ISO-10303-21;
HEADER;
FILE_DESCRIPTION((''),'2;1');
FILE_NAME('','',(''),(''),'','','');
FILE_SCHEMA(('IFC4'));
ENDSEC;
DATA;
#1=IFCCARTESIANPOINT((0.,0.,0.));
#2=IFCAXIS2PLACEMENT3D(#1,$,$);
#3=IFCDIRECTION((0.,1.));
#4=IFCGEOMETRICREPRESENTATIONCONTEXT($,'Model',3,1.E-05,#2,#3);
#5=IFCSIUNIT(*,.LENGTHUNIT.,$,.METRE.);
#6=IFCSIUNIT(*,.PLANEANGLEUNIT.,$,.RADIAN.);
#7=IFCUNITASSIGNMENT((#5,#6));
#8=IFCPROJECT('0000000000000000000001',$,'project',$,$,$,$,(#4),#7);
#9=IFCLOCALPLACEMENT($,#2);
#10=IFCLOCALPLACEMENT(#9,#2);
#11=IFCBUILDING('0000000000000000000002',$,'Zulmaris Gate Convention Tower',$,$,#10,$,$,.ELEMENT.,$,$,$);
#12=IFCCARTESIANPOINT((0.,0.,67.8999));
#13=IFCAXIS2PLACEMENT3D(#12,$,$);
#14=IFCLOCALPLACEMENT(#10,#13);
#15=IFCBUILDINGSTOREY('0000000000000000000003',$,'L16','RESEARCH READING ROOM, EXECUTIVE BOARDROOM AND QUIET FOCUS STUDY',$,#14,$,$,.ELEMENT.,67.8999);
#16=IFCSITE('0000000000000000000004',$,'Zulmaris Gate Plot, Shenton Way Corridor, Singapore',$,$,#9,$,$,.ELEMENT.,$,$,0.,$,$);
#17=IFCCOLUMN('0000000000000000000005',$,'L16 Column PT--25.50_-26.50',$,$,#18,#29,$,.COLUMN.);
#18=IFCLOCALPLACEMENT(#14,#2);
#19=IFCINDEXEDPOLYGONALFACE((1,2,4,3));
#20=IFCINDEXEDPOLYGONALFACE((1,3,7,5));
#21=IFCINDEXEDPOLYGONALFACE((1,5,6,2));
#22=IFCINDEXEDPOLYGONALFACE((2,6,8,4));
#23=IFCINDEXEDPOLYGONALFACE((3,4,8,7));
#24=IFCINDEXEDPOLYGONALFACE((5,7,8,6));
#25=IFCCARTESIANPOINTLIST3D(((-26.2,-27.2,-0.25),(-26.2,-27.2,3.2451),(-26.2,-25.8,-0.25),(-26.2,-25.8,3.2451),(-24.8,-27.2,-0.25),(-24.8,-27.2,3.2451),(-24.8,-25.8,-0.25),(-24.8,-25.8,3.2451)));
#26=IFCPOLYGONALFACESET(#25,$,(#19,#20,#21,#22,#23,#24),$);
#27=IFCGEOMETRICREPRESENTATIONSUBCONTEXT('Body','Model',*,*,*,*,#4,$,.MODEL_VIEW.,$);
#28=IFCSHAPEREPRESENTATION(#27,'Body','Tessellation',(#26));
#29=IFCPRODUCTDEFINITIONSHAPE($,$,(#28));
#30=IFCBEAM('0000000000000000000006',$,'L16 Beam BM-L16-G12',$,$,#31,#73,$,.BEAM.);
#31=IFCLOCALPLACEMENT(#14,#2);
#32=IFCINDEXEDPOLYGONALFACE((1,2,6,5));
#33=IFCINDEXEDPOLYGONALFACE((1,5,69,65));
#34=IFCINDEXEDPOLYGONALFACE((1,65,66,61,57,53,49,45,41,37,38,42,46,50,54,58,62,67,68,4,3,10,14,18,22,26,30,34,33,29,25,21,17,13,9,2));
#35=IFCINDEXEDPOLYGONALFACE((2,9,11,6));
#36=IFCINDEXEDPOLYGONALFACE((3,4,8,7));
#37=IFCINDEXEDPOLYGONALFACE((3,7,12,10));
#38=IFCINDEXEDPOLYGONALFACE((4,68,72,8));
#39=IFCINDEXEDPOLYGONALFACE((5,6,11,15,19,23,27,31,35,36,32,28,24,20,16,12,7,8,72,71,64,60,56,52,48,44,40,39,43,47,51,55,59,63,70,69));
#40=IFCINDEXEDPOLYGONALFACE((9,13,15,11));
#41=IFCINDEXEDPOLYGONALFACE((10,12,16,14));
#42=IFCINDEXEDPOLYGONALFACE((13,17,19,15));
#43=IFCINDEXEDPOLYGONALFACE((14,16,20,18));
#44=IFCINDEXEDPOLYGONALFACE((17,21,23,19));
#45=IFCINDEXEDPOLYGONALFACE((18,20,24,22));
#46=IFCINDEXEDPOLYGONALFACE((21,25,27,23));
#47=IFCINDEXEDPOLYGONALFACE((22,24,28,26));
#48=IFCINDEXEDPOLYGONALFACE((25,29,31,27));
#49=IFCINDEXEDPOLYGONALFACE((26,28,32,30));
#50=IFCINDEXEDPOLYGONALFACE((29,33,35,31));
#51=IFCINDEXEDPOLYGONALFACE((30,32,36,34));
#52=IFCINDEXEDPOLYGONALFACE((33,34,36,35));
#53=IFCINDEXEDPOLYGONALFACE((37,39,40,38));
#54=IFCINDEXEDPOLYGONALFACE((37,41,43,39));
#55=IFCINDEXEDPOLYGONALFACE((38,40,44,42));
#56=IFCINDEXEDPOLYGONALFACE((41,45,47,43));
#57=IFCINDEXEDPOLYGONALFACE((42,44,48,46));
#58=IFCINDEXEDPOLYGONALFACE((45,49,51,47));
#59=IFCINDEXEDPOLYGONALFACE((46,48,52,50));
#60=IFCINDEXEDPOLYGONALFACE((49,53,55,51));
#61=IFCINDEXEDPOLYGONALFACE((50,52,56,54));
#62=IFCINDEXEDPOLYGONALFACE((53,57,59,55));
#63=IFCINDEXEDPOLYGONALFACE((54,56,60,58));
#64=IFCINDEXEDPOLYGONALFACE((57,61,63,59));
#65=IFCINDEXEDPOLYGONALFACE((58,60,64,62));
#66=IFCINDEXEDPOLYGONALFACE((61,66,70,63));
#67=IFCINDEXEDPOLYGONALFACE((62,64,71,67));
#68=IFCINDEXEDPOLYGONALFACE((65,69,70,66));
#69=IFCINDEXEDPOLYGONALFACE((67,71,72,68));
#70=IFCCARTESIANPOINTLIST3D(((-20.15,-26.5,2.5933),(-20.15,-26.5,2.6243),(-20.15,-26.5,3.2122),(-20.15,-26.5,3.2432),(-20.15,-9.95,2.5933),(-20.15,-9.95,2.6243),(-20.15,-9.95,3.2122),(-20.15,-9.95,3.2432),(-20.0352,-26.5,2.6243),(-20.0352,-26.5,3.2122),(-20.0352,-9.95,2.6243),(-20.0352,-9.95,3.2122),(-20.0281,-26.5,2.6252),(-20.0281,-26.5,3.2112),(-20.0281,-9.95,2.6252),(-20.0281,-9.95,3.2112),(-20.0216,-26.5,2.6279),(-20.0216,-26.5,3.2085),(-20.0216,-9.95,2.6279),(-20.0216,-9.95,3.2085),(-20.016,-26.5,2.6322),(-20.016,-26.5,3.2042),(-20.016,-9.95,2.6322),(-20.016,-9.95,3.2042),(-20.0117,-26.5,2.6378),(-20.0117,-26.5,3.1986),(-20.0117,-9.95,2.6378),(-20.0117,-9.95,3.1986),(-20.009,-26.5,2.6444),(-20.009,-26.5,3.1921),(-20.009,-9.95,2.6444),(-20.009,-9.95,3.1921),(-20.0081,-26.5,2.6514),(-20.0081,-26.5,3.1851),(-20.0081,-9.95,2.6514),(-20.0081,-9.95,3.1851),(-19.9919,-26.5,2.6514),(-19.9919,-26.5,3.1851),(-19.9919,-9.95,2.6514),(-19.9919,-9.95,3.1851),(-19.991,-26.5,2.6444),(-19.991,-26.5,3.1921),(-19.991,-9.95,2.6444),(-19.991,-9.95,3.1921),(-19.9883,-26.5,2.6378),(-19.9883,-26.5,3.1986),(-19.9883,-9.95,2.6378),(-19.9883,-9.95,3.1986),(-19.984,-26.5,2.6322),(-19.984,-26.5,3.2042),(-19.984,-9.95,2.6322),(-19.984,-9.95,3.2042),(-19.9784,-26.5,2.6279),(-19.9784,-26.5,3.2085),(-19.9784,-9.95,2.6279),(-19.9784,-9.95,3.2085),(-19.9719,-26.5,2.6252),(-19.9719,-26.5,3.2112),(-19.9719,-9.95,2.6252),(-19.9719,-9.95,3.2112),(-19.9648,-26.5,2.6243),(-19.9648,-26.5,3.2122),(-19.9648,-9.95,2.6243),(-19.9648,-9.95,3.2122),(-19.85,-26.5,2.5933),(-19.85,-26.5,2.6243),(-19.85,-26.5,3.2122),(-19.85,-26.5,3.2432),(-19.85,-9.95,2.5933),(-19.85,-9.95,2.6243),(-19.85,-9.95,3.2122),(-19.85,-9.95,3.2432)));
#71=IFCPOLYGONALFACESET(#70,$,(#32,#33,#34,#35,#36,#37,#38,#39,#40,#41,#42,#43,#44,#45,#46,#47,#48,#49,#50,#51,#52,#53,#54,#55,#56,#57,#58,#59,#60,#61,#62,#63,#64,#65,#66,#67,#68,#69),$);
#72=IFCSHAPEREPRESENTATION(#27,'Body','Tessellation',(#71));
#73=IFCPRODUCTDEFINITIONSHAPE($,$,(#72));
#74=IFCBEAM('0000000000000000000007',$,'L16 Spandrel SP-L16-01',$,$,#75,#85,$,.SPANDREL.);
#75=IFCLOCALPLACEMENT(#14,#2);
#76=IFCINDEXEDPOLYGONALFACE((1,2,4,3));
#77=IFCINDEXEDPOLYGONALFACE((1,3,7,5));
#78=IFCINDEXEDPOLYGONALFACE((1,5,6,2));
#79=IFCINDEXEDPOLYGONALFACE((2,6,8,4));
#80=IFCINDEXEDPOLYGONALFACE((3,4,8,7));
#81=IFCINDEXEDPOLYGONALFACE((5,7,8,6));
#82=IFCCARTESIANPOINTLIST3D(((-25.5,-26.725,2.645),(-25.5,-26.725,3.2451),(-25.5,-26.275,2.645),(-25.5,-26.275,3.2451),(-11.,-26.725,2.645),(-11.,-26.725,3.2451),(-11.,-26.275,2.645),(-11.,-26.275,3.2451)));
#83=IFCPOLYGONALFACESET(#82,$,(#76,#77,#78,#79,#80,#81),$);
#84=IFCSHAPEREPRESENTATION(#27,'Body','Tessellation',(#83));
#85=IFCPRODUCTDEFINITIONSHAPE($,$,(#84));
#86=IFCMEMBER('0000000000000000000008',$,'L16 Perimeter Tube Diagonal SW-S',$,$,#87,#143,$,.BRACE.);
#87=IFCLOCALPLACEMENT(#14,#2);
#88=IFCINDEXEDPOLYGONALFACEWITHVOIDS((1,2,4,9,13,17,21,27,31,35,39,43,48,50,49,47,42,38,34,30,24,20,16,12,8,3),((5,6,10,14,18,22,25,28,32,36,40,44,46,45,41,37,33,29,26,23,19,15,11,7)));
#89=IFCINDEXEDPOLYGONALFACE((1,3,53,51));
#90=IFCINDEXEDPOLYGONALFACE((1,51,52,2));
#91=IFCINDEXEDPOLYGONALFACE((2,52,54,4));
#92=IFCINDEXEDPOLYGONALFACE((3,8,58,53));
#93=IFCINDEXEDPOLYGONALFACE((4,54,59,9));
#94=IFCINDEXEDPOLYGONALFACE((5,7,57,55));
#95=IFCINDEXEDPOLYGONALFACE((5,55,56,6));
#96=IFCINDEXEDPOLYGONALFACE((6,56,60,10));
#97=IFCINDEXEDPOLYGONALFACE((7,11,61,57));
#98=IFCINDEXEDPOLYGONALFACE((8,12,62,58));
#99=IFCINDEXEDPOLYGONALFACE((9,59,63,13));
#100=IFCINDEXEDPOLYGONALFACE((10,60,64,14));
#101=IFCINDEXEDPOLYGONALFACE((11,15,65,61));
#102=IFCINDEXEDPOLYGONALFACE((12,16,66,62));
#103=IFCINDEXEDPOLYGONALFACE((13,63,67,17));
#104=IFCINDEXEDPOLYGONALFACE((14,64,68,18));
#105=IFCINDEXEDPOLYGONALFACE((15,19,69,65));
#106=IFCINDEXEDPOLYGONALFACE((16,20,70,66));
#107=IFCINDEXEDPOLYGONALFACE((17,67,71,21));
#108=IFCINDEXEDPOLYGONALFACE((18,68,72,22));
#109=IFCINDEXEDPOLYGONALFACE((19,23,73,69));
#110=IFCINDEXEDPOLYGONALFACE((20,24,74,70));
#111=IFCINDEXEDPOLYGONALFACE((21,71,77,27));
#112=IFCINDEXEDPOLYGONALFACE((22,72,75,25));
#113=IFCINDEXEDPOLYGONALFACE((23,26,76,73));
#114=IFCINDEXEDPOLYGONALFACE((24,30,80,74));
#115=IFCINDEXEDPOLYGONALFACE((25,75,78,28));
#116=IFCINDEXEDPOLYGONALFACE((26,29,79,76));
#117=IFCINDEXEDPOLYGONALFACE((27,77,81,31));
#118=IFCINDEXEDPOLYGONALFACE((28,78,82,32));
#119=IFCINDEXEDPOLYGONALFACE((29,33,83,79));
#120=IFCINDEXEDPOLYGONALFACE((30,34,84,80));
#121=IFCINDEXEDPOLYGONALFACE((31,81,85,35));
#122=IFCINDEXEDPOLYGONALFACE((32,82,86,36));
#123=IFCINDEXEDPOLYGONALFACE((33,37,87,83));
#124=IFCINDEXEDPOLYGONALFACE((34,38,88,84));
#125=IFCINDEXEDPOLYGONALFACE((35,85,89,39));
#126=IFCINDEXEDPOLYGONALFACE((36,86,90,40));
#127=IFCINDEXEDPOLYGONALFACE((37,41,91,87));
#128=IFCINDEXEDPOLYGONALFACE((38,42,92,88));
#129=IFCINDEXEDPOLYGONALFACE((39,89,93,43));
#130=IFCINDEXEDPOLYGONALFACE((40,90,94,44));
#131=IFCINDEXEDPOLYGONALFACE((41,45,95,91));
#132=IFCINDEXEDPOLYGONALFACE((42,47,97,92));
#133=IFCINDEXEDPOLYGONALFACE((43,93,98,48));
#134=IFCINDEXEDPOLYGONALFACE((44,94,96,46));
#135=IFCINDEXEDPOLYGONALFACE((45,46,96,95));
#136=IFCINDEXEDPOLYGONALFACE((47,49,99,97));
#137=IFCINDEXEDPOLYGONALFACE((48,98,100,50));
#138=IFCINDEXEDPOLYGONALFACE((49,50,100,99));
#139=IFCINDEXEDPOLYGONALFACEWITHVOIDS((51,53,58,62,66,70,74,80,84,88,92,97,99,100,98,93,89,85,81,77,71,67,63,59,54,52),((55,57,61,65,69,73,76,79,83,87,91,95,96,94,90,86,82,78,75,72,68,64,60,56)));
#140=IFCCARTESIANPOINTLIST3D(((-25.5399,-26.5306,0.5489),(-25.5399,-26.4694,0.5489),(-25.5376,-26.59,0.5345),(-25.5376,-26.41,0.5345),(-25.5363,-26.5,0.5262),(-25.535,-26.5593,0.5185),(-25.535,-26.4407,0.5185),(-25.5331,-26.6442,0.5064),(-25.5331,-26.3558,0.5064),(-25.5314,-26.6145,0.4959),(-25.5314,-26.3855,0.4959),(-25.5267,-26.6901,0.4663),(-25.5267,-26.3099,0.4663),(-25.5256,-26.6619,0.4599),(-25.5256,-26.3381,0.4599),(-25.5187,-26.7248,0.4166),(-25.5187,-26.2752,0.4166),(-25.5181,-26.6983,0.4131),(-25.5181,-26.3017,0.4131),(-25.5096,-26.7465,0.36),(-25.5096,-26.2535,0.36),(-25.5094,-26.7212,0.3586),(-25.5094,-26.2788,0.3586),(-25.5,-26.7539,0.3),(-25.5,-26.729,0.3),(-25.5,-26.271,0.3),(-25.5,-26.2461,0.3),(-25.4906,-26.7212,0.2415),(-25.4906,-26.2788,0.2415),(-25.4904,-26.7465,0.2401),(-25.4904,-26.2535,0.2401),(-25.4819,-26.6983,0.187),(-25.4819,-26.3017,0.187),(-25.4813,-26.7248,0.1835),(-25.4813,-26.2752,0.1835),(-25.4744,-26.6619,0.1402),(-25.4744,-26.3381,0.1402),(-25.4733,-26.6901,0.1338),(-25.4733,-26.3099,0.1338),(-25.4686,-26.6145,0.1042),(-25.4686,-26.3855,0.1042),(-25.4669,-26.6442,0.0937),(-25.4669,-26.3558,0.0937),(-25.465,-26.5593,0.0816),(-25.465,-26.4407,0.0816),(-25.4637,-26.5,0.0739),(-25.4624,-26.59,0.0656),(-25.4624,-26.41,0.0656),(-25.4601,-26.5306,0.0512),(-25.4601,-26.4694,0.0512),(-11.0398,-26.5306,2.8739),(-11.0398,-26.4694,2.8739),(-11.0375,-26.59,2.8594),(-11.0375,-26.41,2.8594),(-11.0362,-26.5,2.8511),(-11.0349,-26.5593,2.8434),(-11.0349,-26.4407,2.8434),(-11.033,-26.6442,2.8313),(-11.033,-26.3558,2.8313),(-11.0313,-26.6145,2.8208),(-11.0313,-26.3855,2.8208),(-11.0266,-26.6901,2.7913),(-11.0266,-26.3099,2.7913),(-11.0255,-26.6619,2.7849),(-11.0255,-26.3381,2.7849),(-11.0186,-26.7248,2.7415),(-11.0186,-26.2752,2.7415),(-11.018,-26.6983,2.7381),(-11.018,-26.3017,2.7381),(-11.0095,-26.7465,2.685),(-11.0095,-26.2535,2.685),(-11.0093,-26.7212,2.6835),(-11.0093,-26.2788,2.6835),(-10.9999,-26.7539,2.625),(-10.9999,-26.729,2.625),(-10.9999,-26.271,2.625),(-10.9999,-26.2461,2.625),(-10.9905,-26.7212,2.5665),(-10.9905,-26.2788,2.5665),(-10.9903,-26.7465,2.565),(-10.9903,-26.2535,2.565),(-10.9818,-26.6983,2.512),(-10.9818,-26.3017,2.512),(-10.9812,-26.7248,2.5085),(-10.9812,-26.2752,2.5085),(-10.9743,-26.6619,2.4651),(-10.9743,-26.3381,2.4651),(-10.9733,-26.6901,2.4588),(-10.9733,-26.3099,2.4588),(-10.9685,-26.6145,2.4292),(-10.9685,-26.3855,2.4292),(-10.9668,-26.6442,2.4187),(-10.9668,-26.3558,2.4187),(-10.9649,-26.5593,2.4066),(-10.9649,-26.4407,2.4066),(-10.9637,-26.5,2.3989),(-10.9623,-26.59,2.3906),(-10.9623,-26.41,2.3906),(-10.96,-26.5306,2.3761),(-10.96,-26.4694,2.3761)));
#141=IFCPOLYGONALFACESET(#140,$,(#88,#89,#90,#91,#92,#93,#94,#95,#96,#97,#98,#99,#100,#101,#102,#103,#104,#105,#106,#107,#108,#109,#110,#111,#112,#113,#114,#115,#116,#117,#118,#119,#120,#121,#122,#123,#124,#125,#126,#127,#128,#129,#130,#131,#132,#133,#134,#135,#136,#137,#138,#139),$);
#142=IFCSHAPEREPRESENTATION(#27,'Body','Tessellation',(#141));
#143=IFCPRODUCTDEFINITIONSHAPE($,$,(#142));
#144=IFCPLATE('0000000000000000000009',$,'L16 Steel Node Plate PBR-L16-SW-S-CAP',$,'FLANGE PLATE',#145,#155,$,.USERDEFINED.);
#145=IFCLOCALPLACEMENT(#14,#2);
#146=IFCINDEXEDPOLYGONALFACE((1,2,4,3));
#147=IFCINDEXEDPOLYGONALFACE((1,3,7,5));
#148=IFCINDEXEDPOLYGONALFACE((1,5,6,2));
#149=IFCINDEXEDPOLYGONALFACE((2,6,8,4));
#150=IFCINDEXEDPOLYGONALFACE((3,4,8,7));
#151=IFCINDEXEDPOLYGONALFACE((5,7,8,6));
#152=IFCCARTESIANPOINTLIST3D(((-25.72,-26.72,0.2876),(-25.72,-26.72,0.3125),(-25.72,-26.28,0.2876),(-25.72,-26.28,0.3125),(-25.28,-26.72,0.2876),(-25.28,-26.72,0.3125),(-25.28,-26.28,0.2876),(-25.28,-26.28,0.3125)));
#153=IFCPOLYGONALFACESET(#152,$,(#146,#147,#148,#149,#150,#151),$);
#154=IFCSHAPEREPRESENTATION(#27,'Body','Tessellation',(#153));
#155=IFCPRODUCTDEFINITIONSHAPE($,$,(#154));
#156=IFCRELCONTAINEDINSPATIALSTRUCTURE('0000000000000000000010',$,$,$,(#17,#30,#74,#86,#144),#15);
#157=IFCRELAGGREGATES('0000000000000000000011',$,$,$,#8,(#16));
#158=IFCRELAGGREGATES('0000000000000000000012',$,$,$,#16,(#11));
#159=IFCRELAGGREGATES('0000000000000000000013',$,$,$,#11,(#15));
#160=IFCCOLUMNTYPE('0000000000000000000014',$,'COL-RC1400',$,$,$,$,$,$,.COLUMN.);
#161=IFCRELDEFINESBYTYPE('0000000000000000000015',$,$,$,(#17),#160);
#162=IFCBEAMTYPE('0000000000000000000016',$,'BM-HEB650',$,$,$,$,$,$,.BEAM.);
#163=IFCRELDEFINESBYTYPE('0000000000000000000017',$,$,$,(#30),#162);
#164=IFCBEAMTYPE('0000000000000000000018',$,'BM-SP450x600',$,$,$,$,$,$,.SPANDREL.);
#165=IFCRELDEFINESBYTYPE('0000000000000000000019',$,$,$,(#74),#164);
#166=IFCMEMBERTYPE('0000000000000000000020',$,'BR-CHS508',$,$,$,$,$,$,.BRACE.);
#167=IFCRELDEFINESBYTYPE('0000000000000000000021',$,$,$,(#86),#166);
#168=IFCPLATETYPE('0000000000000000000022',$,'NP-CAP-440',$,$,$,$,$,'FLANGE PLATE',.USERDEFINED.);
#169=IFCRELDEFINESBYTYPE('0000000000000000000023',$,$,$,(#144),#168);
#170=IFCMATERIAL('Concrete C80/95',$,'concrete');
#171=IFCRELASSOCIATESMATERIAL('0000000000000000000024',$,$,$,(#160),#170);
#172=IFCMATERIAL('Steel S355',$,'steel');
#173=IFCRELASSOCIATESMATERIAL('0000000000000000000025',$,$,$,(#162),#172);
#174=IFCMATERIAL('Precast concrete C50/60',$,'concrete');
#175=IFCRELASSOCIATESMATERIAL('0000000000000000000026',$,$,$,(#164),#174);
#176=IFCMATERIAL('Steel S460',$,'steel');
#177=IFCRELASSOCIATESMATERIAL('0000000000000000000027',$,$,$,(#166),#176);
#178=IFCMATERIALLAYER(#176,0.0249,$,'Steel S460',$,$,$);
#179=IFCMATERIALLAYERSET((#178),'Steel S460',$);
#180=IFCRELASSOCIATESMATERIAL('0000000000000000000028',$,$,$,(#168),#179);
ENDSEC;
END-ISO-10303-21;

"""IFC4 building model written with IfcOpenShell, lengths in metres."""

from ifc_helpers import new_model, si_unit, direction, frame, origin, origin_2d, place, context, subcontext, project, spatial, rectangle, hollow_circle, i_section, extrude, material, layer, layer_set, material_profile, profile_set, type_object, element, save


model = new_model("IFC4")

# Units and contexts
model_context = context("Model", 3, precision=1e-05, world=origin(), true_north=direction((0.0, 1.0)))
body_context = subcontext(model_context, "Body", "Model", "MODEL_VIEW")
ifc_project = project(units=[si_unit("LENGTHUNIT", "METRE"), si_unit("PLANEANGLEUNIT", "RADIAN")], contexts=[model_context])

# Site, building, storey
site_placement = place(None, origin())
site = spatial("IfcSite", under=ifc_project, at=site_placement, Name="Zulmaris Gate Plot, Shenton Way Corridor, Singapore", CompositionType="ELEMENT", RefElevation=0.0)
building_placement = place(site_placement, origin())
building = spatial("IfcBuilding", under=site, at=building_placement, Name="Zulmaris Gate Convention Tower", CompositionType="ELEMENT")
storey_placement = place(building_placement, frame((0.0, 0.0, 67.8999)))
storey = spatial("IfcBuildingStorey", under=building, at=storey_placement, Name="L16", Description="RESEARCH READING ROOM, EXECUTIVE BOARDROOM AND QUIET FOCUS STUDY", CompositionType="ELEMENT", Elevation=67.8999)

# Column
ifc_material_1 = material(Name="Concrete C80/95", Category="concrete")
ifc_material_profile_1 = material_profile(ifc_material_1, rectangle(XDim=1.3999, YDim=1.3999, at=origin_2d()), Name="RC COL 1400x1400")
ifc_profile_set_1 = profile_set([ifc_material_profile_1], Name="Concrete C80/95")
column_type = type_object("IfcColumnType", Name="COL-RC1400", PredefinedType="COLUMN", material=ifc_profile_set_1)
column_placement = place(storey_placement, frame((-25.5, -26.5, -0.25), z_axis=(0.0, 0.0, 1.0), x_axis=(1.0, 0.0, 0.0)))
element("IfcColumn", 1, at=column_placement, inside=storey, type_object=column_type, Name="L16 Column PT--25.50_-26.50", PredefinedType="COLUMN", context=body_context, shape_type="SweptSolid", body=[
    extrude(rectangle(XDim=1.3999, YDim=1.3999, at=origin_2d()), origin(), (0.0, 0.0, 1.0), 3.4951),
])

# Beams
ifc_material_2 = material(Name="Steel S355", Category="steel")
ifc_material_profile_2 = material_profile(ifc_material_2, i_section(OverallWidth=0.3, OverallDepth=0.6499, WebThickness=0.0161, FlangeThickness=0.031, FilletRadius=0.0271, at=origin_2d()), Name="HEB 650")
ifc_profile_set_2 = profile_set([ifc_material_profile_2], Name="Steel S355")
beam_type_1 = type_object("IfcBeamType", Name="BM-HEB650", PredefinedType="BEAM", material=ifc_profile_set_2)
beam_1_placement = place(storey_placement, frame((-20.0, -26.5, 2.9182), z_axis=(0.0, 1.0, 0.0), x_axis=(-1.0, 0.0, 0.0)))
element("IfcBeam", 2, at=beam_1_placement, inside=storey, type_object=beam_type_1, Name="L16 Beam BM-L16-G12", PredefinedType="BEAM", context=body_context, shape_type="SweptSolid", body=[
    extrude(i_section(OverallWidth=0.3, OverallDepth=0.6499, WebThickness=0.0161, FlangeThickness=0.031, FilletRadius=0.0271, at=origin_2d()), origin(), (0.0, 0.0, 1.0), 16.55),
])
ifc_material_3 = material(Name="Precast concrete C50/60", Category="concrete")
ifc_material_profile_3 = material_profile(ifc_material_3, rectangle(XDim=0.45, YDim=0.6001, at=origin_2d()), Name="RC SPANDREL 450x600")
ifc_profile_set_3 = profile_set([ifc_material_profile_3], Name="Precast concrete C50/60")
beam_type_2 = type_object("IfcBeamType", Name="BM-SP450x600", PredefinedType="SPANDREL", material=ifc_profile_set_3)
beam_2_placement = place(storey_placement, frame((-25.5, -26.5, 2.9451), z_axis=(1.0, 0.0, 0.0), x_axis=(0.0, 1.0, 0.0)))
element("IfcBeam", 3, at=beam_2_placement, inside=storey, type_object=beam_type_2, Name="L16 Spandrel SP-L16-01", PredefinedType="SPANDREL", context=body_context, shape_type="SweptSolid", body=[
    extrude(rectangle(XDim=0.45, YDim=0.6001, at=origin_2d()), origin(), (0.0, 0.0, 1.0), 14.5),
])

# Member
ifc_material_4 = material(Name="Steel S460", Category="steel")
ifc_material_profile_4 = material_profile(ifc_material_4, hollow_circle(Radius=0.2539, WallThickness=0.0249, at=origin_2d()), Name="CHS 508x25")
ifc_profile_set_4 = profile_set([ifc_material_profile_4], Name="Steel S460")
member_type = type_object("IfcMemberType", Name="BR-CHS508", PredefinedType="BRACE", material=ifc_profile_set_4)
member_placement = place(storey_placement, frame((-25.5, -26.5, 0.3), z_axis=(0.987388, 0.0, 0.158319), x_axis=(0.0, 1.0, 0.0)))
element("IfcMember", 4, at=member_placement, inside=storey, type_object=member_type, Name="L16 Perimeter Tube Diagonal SW-S", PredefinedType="BRACE", context=body_context, shape_type="SweptSolid", body=[
    extrude(hollow_circle(Radius=0.2539, WallThickness=0.0249, at=origin_2d()), origin(), (0.0, 0.0, 1.0), 14.6853),
])

# Plate
ifc_layer_1 = layer(ifc_material_4, 0.0249, Name="Steel S460")
ifc_layer_set_1 = layer_set([ifc_layer_1], Name="Steel S460")
plate_type = type_object("IfcPlateType", Name="NP-CAP-440", ElementType="FLANGE PLATE", PredefinedType="USERDEFINED", material=ifc_layer_set_1)
plate_placement = place(storey_placement, frame((-25.5, -26.5, 0.2876), z_axis=(0.0, 0.0, 1.0), x_axis=(1.0, 0.0, 0.0)))
element("IfcPlate", 5, at=plate_placement, inside=storey, type_object=plate_type, Name="L16 Steel Node Plate PBR-L16-SW-S-CAP", ObjectType="FLANGE PLATE", PredefinedType="USERDEFINED", context=body_context, shape_type="SweptSolid", body=[
    extrude(rectangle(XDim=0.4399, YDim=0.4399, at=origin_2d()), origin(), (0.0, 0.0, 1.0), 0.0249),
])

save(model, "model.ifc")
